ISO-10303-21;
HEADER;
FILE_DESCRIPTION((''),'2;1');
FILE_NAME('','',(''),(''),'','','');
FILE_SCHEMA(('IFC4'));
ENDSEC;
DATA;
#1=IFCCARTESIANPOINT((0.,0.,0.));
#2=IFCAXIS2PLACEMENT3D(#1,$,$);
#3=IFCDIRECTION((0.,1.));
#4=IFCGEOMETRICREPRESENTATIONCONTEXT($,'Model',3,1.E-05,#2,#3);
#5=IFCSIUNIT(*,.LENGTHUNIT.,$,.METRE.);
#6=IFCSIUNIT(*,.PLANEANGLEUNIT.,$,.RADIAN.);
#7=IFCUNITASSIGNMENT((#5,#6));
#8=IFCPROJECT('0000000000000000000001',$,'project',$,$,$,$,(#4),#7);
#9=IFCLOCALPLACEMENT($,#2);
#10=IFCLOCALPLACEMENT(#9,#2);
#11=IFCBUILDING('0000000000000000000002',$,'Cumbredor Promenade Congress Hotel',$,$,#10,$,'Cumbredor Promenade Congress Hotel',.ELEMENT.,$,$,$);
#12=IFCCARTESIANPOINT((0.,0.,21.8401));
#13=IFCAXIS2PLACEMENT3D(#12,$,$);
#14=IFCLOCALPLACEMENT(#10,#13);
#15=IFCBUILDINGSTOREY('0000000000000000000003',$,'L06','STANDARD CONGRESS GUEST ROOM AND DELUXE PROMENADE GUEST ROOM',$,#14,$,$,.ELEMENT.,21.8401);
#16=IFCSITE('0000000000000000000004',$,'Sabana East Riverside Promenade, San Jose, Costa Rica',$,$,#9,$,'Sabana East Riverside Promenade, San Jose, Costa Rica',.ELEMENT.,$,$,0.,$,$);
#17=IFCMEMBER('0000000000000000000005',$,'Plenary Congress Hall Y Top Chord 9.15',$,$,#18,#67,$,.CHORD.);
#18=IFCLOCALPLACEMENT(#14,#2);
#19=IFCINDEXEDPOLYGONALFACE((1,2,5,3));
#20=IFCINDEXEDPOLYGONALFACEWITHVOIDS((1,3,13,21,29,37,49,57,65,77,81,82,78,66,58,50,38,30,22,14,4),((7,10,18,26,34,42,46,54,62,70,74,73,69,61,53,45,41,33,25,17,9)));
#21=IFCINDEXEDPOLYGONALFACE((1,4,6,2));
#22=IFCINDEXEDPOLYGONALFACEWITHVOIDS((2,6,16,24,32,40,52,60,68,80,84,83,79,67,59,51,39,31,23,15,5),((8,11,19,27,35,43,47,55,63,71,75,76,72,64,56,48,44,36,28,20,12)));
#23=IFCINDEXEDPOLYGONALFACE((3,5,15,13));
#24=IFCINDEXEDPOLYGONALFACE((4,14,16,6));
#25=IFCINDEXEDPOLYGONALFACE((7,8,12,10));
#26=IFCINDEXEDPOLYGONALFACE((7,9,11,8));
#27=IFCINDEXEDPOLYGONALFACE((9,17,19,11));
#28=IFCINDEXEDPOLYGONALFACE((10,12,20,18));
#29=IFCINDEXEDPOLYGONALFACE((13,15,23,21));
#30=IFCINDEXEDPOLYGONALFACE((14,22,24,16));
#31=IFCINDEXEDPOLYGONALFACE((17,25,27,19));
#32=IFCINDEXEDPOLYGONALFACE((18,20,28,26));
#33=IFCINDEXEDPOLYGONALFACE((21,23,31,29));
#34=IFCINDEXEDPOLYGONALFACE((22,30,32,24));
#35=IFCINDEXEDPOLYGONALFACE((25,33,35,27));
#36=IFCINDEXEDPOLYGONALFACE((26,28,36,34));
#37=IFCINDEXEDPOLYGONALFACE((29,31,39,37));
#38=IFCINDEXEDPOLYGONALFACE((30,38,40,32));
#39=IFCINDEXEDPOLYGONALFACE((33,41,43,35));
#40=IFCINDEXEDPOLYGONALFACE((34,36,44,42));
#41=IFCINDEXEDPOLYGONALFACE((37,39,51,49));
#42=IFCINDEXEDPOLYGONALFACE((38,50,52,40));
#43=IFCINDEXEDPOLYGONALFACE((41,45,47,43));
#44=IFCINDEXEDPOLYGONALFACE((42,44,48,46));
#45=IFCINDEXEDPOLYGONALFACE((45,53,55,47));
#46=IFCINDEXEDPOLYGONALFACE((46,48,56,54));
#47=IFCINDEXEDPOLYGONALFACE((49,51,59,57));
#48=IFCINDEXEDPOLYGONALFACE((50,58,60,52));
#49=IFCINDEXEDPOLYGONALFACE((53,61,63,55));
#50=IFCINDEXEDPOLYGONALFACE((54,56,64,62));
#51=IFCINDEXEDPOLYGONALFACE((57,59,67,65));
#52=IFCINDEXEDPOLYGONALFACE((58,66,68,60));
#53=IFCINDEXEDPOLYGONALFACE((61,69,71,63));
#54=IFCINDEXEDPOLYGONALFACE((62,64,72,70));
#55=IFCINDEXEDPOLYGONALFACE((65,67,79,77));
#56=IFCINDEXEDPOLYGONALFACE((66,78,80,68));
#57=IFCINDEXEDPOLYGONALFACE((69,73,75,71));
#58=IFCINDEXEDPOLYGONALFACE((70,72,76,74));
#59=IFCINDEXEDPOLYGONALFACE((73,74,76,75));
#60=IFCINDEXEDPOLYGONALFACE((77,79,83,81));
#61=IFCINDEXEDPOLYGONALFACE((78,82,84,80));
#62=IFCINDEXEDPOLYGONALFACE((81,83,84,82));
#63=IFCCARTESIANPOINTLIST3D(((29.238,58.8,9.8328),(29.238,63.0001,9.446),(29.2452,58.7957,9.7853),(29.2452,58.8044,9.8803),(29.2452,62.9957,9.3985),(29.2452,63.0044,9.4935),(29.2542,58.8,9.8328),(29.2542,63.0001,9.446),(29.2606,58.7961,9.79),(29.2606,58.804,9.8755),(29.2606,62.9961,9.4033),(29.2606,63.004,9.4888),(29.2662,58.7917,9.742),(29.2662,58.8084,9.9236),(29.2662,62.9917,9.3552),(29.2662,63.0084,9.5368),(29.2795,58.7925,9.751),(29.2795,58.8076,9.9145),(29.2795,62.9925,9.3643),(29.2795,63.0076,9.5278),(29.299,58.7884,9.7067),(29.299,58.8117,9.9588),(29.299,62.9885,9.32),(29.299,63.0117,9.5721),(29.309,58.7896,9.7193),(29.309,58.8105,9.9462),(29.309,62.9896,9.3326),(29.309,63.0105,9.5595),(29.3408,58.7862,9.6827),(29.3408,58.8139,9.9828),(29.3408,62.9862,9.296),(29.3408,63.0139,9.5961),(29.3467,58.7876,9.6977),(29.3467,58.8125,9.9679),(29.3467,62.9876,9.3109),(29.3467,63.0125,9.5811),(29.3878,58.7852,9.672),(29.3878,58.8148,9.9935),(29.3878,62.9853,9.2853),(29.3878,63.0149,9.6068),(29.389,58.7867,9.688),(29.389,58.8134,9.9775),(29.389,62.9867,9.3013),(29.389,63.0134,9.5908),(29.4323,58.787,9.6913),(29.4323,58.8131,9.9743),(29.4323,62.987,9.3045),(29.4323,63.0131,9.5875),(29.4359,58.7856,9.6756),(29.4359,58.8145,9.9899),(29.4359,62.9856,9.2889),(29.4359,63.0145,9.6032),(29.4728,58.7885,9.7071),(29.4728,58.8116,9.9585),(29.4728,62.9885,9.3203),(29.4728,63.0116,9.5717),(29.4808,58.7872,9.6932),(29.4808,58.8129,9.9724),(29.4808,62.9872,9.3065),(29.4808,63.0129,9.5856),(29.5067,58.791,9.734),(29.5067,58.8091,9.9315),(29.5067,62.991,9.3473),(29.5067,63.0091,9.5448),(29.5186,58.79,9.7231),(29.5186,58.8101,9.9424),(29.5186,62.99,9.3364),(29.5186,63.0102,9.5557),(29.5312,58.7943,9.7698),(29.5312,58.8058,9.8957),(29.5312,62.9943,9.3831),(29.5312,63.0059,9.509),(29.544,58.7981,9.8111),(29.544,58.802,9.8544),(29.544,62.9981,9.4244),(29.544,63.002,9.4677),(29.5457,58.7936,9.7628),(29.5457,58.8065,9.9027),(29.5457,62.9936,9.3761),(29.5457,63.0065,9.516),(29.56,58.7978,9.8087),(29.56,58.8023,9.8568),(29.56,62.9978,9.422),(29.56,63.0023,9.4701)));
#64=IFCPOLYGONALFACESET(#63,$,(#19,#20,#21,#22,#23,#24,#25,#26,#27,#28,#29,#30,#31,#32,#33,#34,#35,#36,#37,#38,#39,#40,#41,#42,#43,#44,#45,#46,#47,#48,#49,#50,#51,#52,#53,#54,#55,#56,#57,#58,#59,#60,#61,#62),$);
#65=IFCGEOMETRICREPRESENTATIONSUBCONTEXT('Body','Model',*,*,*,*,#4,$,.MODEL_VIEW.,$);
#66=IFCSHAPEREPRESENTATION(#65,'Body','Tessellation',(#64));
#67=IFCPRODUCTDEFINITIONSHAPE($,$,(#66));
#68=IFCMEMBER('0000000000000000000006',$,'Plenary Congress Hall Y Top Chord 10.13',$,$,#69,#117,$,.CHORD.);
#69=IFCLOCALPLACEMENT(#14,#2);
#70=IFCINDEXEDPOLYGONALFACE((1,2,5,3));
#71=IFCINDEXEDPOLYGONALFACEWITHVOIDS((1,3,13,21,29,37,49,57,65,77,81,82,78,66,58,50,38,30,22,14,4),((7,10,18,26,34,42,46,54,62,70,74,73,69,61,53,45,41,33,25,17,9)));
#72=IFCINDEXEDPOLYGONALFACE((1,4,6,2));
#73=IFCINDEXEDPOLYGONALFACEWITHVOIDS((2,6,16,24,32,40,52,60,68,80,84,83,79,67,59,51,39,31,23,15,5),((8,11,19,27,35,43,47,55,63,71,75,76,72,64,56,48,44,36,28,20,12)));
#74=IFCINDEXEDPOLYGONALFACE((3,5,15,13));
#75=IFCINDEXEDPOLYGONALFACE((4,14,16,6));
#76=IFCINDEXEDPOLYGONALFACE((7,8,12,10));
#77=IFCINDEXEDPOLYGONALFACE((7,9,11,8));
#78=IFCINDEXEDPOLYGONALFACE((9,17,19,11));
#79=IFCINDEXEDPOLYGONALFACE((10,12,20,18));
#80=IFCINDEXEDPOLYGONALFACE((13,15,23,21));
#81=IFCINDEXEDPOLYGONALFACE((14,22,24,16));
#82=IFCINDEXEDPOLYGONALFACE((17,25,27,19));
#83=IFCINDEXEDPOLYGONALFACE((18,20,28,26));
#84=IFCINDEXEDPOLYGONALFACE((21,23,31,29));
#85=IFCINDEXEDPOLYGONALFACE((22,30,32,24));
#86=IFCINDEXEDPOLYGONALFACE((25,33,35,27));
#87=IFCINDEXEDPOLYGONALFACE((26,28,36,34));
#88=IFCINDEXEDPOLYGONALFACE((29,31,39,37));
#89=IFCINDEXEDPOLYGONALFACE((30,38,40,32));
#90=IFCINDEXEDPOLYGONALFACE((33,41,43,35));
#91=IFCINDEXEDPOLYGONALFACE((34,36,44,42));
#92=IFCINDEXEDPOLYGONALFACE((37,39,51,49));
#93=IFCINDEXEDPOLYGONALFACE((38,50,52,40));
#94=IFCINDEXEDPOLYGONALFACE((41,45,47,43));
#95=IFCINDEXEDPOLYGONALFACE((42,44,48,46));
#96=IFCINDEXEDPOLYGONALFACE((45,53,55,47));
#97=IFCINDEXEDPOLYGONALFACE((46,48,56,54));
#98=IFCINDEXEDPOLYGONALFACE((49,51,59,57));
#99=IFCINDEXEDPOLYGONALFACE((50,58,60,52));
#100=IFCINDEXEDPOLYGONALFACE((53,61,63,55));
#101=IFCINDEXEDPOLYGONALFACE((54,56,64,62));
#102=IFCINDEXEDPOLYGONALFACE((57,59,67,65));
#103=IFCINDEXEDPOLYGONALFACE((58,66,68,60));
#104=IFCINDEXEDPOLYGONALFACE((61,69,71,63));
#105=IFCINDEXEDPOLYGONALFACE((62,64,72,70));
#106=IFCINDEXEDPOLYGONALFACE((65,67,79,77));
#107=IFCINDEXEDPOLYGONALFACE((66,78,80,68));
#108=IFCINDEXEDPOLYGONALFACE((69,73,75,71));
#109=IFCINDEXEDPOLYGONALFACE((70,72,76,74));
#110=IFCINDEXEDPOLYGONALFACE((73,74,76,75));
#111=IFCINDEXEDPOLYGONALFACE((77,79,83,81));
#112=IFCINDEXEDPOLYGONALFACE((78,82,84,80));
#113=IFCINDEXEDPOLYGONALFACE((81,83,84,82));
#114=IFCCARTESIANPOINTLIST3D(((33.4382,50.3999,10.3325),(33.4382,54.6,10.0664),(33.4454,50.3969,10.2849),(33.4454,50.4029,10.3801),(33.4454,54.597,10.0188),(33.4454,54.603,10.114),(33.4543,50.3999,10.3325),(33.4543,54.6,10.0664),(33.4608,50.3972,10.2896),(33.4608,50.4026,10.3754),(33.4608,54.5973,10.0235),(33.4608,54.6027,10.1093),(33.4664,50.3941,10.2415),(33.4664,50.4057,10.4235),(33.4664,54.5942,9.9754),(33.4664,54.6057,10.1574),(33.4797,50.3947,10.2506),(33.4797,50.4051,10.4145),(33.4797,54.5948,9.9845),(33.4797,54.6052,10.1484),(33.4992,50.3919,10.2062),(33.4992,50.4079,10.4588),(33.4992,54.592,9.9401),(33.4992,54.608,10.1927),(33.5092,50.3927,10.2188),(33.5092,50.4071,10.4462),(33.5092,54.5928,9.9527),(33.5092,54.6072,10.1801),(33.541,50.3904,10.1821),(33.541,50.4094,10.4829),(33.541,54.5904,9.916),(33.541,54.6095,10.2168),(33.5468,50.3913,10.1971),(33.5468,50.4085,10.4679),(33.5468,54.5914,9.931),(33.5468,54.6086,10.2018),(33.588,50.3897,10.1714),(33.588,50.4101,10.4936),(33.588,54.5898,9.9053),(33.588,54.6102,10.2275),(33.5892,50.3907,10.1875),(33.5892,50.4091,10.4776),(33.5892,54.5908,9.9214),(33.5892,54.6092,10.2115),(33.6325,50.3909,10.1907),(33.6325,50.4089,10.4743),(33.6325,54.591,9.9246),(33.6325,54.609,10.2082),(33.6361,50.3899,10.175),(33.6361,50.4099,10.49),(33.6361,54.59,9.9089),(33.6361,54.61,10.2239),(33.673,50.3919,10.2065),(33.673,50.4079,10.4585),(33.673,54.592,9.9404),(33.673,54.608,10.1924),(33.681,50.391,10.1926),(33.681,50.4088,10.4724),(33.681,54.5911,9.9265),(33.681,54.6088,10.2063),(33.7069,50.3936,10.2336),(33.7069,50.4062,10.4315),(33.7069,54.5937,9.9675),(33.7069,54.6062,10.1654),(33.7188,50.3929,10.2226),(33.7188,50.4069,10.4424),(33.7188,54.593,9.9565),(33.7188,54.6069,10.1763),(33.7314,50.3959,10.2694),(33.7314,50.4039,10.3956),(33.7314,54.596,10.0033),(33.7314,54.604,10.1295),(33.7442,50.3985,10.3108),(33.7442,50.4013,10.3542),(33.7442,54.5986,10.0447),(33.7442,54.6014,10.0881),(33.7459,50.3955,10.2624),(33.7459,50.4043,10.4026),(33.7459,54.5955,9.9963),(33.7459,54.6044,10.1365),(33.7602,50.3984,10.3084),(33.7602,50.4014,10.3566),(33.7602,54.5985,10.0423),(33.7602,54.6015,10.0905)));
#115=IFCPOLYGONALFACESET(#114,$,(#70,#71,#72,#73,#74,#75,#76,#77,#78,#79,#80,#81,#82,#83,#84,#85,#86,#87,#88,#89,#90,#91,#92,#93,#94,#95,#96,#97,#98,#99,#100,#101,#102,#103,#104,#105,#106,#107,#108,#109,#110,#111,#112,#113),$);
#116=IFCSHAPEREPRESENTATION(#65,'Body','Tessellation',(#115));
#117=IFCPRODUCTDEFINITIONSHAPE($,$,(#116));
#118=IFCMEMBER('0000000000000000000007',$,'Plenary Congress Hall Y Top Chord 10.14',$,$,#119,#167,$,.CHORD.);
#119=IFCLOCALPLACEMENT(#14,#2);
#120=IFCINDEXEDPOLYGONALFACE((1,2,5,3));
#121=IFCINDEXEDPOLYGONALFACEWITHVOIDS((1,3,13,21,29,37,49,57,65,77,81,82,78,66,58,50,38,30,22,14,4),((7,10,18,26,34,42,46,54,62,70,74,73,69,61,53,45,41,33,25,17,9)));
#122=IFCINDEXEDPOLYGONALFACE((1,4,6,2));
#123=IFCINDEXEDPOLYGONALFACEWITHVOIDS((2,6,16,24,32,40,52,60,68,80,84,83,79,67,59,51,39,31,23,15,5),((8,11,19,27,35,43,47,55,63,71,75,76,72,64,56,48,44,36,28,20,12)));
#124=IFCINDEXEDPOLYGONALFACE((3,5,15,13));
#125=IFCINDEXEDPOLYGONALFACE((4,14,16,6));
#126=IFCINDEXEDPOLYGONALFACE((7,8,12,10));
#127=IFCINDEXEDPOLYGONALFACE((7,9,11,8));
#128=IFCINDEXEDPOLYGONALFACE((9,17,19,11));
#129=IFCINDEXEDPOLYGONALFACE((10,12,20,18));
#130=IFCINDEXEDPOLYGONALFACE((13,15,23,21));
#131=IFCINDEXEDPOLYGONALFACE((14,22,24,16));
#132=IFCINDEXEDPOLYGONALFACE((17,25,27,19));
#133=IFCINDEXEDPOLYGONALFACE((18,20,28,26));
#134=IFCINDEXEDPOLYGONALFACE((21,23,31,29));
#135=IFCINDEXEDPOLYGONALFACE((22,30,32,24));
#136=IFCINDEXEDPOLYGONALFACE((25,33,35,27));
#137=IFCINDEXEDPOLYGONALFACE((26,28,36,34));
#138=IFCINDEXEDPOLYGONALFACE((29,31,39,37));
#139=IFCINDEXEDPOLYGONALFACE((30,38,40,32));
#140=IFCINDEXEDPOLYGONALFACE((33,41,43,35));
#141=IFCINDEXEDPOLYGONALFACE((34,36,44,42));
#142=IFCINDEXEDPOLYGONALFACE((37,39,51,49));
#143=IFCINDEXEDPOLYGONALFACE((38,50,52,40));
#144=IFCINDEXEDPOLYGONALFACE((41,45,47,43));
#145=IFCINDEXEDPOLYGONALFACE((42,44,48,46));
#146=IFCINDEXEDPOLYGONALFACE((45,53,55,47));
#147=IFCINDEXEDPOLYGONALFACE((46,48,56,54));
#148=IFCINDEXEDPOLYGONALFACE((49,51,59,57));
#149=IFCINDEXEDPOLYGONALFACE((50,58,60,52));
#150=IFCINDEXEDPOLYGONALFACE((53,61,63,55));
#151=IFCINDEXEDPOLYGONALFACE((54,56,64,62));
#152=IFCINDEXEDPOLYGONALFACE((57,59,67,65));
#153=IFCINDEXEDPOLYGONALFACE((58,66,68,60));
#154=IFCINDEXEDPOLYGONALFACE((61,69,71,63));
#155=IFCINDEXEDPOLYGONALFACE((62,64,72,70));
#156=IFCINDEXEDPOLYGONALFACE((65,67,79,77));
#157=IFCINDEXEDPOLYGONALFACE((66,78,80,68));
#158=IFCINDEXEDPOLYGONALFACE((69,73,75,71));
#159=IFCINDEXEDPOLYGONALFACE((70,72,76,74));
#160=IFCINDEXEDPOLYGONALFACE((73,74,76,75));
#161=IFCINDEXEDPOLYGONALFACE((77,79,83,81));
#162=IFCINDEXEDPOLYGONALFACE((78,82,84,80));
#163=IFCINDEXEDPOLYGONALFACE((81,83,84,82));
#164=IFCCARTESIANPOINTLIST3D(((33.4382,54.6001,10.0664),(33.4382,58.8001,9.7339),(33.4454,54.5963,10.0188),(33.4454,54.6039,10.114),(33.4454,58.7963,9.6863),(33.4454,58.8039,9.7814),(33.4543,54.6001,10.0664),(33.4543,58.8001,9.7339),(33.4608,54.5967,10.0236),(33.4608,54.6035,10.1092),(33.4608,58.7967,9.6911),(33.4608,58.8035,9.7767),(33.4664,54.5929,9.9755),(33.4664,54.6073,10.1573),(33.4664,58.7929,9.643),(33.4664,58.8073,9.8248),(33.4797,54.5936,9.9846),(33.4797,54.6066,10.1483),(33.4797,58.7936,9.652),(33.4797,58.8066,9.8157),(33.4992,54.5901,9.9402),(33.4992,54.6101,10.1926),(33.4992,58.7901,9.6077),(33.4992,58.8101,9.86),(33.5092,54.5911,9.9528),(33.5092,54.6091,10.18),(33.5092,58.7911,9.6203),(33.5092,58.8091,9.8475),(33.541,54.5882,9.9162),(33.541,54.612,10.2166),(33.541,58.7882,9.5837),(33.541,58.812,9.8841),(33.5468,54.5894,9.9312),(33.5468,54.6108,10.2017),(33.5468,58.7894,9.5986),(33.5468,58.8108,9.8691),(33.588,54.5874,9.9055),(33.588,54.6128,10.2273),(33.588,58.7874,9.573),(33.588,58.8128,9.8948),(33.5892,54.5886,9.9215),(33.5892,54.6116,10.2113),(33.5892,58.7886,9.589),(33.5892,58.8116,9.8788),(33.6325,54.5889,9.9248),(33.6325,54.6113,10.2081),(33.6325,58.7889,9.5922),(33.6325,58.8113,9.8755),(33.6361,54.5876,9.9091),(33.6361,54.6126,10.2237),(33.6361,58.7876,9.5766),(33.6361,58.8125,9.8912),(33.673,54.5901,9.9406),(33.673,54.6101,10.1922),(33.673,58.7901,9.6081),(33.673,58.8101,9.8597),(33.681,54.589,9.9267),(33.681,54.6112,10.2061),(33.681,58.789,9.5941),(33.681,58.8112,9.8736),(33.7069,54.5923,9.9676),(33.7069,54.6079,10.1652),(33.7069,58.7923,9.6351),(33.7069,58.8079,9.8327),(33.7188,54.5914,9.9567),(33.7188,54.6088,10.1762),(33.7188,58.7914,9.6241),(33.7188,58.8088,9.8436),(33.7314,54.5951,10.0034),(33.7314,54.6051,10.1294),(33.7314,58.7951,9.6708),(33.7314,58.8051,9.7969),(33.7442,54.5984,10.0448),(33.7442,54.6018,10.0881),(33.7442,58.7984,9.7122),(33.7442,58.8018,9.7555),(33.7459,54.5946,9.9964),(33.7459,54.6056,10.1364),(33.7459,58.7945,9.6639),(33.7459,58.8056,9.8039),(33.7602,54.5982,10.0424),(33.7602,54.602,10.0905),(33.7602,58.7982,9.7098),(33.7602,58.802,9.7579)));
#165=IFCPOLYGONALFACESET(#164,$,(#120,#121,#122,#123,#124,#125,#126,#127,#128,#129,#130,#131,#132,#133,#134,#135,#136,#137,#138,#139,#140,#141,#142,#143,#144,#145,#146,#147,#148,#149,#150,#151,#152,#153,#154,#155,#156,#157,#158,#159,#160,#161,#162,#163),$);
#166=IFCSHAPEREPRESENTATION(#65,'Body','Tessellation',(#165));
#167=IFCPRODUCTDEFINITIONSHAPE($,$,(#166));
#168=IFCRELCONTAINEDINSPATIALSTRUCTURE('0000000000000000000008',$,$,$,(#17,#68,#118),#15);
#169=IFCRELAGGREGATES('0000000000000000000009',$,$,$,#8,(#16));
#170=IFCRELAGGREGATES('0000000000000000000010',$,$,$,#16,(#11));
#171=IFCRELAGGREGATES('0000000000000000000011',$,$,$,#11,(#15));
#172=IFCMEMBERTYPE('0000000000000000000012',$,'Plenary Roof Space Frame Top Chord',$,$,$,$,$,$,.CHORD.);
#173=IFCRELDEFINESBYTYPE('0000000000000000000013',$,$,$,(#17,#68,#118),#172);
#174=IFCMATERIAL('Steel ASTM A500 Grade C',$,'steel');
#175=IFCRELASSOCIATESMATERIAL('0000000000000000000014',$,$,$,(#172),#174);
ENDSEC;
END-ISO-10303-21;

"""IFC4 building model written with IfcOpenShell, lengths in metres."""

from ifc_helpers import new_model, si_unit, direction, frame, origin, origin_2d, place, context, subcontext, project, spatial, hollow_circle, extrude, material, material_profile, profile_set, type_object, element, save


model = new_model("IFC4")

# Units and contexts
model_context = context("Model", 3, precision=1e-05, world=origin(), true_north=direction((0.0, 1.0)))
body_context = subcontext(model_context, "Body", "Model", "MODEL_VIEW")
ifc_project = project(units=[si_unit("LENGTHUNIT", "METRE"), si_unit("PLANEANGLEUNIT", "RADIAN")], contexts=[model_context])

# Site, building, storey
site_placement = place(None, origin())
site = spatial("IfcSite", under=ifc_project, at=site_placement, Name="Sabana East Riverside Promenade, San Jose, Costa Rica", LongName="Sabana East Riverside Promenade, San Jose, Costa Rica", CompositionType="ELEMENT", RefElevation=0.0)
building_placement = place(site_placement, origin())
building = spatial("IfcBuilding", under=site, at=building_placement, Name="Cumbredor Promenade Congress Hotel", LongName="Cumbredor Promenade Congress Hotel", CompositionType="ELEMENT")
storey_placement = place(building_placement, frame((0.0, 0.0, 21.8401)))
storey = spatial("IfcBuildingStorey", under=building, at=storey_placement, Name="L06", Description="STANDARD CONGRESS GUEST ROOM AND DELUXE PROMENADE GUEST ROOM", CompositionType="ELEMENT", Elevation=21.8401)

# Members
ifc_material_1 = material(Name="Steel ASTM A500 Grade C", Category="steel")
ifc_material_profile_1 = material_profile(ifc_material_1, hollow_circle(Radius=0.1619, WallThickness=0.0161, at=origin_2d()), Name="CHS 323.9x16")
ifc_profile_set_1 = profile_set([ifc_material_profile_1], Name="Steel ASTM A500 Grade C")
member_type_1 = type_object("IfcMemberType", Name="Plenary Roof Space Frame Top Chord", PredefinedType="CHORD", material=ifc_profile_set_1)
member_1_placement = place(storey_placement, frame((29.3999, 58.8, 9.8328), z_axis=(0.0, 0.995788, -0.091689), x_axis=(-1.0, 0.0, 0.0)))
element("IfcMember", 1, at=member_1_placement, inside=storey, type_object=member_type_1, Name="Plenary Congress Hall Y Top Chord 9.15", PredefinedType="CHORD", context=body_context, shape_type="SweptSolid", body=[
    extrude(hollow_circle(Radius=0.1619, WallThickness=0.0161, at=origin_2d()), origin(), (0.0, 0.0, 1.0), 4.2178),
])
member_2_placement = place(storey_placement, frame((33.6001, 50.3999, 10.3325), z_axis=(0.0, 0.997999, -0.063231), x_axis=(-1.0, 0.0, 0.0)))
element("IfcMember", 2, at=member_2_placement, inside=storey, type_object=member_type_1, Name="Plenary Congress Hall Y Top Chord 10.13", PredefinedType="CHORD", context=body_context, shape_type="SweptSolid", body=[
    extrude(hollow_circle(Radius=0.1619, WallThickness=0.0161, at=origin_2d()), origin(), (0.0, 0.0, 1.0), 4.2085),
])
member_3_placement = place(storey_placement, frame((33.6001, 54.6001, 10.0664), z_axis=(0.0, 0.996881, -0.078925), x_axis=(-1.0, 0.0, 0.0)))
element("IfcMember", 3, at=member_3_placement, inside=storey, type_object=member_type_1, Name="Plenary Congress Hall Y Top Chord 10.14", PredefinedType="CHORD", context=body_context, shape_type="SweptSolid", body=[
    extrude(hollow_circle(Radius=0.1619, WallThickness=0.0161, at=origin_2d()), origin(), (0.0, 0.0, 1.0), 4.2131),
])

save(model, "model.ifc")
